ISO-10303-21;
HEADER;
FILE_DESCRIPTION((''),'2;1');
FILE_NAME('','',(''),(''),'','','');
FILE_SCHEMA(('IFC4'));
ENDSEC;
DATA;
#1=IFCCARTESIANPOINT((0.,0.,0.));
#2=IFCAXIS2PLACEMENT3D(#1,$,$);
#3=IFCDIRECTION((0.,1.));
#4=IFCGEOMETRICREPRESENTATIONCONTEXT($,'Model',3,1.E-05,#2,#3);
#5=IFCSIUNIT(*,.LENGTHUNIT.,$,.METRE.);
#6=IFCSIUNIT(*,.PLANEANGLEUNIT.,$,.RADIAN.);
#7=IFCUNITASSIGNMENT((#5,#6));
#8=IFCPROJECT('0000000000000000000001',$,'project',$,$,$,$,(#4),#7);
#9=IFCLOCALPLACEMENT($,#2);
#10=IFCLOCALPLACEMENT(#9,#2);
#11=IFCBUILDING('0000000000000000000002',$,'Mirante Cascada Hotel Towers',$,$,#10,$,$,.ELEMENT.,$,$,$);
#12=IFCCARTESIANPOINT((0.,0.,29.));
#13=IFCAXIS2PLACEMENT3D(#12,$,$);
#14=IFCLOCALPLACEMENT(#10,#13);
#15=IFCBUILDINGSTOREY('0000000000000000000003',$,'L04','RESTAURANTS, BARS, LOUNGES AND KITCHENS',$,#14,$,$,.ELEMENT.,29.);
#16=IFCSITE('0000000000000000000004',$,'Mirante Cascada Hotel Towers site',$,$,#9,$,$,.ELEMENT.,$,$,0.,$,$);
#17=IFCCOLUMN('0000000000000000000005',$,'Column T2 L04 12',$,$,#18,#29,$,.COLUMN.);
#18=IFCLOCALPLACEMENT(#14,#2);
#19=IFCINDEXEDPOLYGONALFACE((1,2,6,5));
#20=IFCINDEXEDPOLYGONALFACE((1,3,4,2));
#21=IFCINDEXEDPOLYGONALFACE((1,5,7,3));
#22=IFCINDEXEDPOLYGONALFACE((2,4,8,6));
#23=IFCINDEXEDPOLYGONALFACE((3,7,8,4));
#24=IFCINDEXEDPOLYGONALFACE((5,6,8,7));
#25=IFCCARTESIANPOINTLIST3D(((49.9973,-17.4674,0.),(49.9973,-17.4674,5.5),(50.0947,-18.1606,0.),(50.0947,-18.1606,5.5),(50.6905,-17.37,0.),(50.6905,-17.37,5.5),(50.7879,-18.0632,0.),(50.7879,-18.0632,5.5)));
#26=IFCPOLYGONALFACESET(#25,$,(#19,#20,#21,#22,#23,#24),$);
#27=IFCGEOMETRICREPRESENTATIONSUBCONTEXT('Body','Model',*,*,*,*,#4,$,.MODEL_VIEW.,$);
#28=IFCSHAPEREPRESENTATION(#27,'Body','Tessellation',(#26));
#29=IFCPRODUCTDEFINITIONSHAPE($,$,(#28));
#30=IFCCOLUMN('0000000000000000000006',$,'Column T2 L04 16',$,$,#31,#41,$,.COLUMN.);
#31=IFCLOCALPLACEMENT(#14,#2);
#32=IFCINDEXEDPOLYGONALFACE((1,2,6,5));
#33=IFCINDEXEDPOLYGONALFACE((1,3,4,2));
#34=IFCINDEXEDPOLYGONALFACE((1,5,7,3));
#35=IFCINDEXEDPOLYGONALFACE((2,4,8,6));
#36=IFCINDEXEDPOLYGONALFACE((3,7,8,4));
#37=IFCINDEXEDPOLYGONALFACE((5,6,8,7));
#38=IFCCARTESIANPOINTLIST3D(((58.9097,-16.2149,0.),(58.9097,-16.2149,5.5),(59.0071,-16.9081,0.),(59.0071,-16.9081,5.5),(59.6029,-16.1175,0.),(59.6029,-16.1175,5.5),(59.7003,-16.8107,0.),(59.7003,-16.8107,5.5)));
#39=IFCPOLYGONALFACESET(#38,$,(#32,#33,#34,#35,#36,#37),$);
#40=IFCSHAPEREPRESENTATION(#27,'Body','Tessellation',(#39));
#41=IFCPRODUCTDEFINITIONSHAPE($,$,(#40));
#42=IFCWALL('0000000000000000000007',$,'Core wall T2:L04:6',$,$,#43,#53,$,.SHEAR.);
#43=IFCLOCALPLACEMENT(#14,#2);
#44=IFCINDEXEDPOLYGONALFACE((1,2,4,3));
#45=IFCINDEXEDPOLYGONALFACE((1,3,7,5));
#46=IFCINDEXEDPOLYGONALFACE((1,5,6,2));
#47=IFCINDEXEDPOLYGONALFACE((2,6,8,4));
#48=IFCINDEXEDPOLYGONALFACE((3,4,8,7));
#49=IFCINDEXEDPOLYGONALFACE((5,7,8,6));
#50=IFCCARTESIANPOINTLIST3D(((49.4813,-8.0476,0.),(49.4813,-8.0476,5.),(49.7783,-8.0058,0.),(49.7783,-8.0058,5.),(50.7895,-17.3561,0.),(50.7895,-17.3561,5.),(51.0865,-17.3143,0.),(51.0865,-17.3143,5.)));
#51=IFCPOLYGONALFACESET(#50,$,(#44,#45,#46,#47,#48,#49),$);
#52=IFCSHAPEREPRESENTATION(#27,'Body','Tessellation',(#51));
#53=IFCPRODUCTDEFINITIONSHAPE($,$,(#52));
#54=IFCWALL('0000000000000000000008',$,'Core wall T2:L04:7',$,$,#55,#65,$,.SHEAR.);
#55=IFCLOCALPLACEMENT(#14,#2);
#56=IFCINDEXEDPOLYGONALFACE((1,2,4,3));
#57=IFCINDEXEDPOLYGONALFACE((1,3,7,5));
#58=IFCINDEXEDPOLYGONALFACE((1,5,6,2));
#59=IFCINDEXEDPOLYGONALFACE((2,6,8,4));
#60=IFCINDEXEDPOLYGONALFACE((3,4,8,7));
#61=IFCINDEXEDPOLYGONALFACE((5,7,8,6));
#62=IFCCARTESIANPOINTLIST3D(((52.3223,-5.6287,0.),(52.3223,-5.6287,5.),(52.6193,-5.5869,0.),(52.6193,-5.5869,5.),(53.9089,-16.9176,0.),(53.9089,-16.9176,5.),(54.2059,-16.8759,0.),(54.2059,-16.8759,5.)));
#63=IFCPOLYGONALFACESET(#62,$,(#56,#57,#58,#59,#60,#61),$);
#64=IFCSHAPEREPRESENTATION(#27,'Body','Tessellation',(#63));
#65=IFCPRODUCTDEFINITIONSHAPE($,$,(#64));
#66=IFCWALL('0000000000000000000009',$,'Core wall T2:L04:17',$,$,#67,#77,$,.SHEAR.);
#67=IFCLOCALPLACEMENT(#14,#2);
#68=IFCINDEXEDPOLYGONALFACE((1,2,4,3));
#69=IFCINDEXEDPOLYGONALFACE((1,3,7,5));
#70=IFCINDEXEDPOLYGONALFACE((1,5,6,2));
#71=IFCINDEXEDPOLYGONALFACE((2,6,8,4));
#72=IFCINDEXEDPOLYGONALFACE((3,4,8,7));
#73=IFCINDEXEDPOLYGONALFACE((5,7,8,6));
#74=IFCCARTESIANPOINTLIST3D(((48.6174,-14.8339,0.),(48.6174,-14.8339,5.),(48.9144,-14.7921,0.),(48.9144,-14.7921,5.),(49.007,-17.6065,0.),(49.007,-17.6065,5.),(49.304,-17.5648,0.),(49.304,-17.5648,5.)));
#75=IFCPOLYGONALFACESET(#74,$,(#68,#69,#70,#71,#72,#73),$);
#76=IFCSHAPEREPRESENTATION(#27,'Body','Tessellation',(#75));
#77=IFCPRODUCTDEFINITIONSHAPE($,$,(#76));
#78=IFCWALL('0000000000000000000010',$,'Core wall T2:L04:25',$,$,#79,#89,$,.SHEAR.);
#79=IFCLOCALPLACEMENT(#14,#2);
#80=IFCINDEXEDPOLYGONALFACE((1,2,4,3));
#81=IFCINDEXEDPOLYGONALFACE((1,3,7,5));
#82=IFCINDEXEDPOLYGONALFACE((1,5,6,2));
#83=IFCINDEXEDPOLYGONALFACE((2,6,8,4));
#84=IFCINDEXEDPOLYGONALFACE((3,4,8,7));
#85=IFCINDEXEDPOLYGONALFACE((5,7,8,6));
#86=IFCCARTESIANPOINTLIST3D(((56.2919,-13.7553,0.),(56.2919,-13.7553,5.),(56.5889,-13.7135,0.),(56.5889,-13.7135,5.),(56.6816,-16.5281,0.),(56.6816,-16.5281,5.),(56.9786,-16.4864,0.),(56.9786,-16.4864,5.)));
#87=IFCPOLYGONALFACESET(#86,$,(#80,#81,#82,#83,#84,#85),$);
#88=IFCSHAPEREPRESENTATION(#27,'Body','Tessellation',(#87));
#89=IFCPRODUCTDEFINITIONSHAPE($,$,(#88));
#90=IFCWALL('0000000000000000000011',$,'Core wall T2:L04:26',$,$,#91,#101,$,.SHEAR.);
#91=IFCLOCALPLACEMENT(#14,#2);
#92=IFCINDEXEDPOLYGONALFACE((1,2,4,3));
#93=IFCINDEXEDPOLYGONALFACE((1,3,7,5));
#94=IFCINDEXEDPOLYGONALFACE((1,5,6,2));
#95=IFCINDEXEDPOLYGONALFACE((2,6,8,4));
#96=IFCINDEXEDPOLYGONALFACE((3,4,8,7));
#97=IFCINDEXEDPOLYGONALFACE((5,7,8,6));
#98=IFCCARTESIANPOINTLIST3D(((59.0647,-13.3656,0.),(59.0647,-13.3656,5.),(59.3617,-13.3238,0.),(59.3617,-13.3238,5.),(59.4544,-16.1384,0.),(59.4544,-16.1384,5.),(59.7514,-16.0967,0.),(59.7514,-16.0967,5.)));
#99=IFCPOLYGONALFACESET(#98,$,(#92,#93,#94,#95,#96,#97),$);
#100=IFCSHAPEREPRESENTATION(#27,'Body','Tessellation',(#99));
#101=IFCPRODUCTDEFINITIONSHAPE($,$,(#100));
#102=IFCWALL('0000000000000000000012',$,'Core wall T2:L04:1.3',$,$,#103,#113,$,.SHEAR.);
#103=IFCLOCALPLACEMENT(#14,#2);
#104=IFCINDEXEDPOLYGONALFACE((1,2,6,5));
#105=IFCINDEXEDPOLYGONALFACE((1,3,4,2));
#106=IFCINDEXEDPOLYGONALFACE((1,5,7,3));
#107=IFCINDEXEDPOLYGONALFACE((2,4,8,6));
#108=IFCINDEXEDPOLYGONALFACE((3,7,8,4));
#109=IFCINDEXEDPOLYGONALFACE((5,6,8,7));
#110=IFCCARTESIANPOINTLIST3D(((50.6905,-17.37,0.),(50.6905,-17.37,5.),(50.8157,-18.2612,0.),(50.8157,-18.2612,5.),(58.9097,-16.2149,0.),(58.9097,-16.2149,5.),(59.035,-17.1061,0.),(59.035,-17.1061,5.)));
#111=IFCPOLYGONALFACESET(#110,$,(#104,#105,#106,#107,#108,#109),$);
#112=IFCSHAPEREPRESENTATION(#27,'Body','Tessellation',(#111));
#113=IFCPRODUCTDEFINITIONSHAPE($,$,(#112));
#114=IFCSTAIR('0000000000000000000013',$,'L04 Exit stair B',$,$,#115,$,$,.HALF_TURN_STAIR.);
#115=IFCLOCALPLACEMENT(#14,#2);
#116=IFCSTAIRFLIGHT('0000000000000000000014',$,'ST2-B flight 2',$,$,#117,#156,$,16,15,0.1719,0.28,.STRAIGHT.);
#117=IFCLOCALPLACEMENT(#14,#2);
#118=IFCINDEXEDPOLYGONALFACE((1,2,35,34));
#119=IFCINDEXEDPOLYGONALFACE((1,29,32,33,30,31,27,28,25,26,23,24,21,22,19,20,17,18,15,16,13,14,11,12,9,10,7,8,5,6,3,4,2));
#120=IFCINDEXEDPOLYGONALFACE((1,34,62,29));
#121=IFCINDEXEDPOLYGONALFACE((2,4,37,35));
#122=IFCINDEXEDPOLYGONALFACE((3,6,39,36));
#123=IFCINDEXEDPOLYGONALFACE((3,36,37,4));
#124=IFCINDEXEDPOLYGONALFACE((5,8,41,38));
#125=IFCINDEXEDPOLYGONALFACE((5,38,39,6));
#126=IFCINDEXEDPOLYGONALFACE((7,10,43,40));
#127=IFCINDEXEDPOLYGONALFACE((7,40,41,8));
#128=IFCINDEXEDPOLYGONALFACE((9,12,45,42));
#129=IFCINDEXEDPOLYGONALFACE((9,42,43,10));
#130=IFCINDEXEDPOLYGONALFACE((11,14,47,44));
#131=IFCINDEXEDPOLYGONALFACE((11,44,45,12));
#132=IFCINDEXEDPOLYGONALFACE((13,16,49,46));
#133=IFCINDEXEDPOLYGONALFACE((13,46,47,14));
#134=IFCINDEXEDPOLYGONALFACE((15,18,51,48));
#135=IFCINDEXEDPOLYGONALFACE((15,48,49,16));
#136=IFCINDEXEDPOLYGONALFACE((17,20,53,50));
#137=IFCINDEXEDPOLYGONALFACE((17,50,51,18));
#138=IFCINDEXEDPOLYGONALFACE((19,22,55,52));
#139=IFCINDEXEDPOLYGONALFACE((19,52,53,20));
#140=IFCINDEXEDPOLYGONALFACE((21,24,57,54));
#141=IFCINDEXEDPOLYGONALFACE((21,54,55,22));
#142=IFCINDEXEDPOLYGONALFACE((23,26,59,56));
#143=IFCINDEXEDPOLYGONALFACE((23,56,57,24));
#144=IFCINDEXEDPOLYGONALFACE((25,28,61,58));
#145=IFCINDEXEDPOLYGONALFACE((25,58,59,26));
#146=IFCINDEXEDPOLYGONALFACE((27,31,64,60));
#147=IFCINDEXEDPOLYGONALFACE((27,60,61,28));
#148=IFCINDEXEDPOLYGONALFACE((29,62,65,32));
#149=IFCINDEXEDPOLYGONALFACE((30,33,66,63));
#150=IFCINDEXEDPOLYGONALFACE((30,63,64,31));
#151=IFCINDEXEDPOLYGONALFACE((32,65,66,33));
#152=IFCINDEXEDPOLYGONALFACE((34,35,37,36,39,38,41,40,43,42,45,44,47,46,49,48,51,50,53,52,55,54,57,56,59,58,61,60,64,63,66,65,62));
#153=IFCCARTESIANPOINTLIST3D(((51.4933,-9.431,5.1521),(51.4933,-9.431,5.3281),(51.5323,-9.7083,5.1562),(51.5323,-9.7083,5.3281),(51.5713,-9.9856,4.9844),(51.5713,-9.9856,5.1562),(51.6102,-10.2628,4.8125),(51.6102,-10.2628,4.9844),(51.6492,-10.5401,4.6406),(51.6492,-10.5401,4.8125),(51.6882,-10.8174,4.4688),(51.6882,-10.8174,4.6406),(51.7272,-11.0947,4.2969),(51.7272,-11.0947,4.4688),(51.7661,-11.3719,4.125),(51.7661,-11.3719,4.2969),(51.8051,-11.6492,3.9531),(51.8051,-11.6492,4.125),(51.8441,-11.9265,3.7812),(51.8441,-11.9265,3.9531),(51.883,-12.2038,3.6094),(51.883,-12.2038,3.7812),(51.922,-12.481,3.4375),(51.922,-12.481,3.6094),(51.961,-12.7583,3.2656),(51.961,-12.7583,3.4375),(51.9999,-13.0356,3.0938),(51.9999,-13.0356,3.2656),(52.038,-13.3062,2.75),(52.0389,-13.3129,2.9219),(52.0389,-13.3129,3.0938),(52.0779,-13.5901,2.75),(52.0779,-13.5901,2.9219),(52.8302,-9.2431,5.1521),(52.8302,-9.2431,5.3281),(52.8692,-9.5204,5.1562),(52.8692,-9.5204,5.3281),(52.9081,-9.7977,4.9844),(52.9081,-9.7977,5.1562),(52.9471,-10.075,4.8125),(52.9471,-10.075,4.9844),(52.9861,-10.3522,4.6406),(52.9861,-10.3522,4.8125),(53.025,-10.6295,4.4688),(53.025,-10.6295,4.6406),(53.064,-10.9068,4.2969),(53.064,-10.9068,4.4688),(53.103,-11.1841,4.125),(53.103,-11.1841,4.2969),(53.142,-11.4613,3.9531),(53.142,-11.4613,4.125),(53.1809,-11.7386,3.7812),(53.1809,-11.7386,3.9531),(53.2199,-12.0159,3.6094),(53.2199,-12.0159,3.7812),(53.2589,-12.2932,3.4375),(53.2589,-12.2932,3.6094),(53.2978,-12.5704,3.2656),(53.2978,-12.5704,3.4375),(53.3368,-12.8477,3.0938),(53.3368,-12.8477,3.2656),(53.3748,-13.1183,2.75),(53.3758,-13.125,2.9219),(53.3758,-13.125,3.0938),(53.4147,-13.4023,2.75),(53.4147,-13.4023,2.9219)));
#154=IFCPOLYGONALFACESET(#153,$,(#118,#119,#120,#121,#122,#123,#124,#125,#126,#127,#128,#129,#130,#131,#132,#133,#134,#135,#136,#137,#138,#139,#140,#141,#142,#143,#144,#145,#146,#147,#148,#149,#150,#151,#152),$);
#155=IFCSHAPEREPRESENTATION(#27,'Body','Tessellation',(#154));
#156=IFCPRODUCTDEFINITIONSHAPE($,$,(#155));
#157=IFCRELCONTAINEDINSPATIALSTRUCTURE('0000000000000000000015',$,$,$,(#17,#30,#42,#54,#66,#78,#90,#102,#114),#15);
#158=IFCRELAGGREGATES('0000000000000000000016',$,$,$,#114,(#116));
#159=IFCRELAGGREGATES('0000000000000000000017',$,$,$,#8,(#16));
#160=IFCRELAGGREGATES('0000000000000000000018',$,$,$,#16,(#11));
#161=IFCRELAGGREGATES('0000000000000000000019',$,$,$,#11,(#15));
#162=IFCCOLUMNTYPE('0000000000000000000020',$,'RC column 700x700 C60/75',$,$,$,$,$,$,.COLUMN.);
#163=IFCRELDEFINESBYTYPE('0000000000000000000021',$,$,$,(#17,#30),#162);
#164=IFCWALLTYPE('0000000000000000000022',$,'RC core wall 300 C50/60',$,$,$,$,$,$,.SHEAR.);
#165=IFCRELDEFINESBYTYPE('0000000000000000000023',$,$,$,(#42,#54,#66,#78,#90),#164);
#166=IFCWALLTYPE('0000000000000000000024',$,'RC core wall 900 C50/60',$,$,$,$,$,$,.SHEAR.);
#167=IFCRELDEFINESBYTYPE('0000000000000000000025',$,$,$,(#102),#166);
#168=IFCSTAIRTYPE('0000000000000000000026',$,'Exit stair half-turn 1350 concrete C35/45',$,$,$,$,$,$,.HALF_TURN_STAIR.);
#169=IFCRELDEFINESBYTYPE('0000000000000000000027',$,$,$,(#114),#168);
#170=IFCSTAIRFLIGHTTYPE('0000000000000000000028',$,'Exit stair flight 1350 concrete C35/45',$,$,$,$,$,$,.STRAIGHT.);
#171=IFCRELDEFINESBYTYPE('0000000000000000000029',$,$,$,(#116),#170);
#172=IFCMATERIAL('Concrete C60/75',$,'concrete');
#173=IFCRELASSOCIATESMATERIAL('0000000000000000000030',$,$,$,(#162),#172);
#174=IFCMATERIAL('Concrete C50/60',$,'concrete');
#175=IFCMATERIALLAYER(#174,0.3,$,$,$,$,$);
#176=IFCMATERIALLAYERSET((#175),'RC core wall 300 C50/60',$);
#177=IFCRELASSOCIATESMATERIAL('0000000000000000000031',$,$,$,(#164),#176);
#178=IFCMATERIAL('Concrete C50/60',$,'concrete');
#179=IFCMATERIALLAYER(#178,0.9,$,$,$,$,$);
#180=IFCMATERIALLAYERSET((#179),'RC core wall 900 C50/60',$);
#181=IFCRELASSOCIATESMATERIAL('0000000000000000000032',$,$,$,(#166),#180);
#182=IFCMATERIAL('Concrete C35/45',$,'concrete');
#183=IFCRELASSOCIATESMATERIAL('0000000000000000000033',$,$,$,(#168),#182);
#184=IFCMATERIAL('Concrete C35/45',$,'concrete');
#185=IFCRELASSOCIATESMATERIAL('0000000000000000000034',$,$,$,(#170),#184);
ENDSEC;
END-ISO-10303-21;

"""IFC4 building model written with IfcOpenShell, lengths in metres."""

from ifc_helpers import new_model, si_unit, direction, frame, frame_2d, origin, origin_2d, place, context, subcontext, project, spatial, polyline, rectangle, outline, extrude, material, layer, layer_set, material_profile, profile_set, type_object, element, aggregate, save


model = new_model("IFC4")

# Units and contexts
model_context = context("Model", 3, precision=1e-05, world=origin(), true_north=direction((0.0, 1.0)))
body_context = subcontext(model_context, "Body", "Model", "MODEL_VIEW")
ifc_project = project(units=[si_unit("LENGTHUNIT", "METRE"), si_unit("PLANEANGLEUNIT", "RADIAN")], contexts=[model_context])

# Site, building, storey
site_placement = place(None, origin())
site = spatial("IfcSite", under=ifc_project, at=site_placement, Name="Mirante Cascada Hotel Towers site", CompositionType="ELEMENT", RefElevation=0.0)
building_placement = place(site_placement, origin())
building = spatial("IfcBuilding", under=site, at=building_placement, Name="Mirante Cascada Hotel Towers", CompositionType="ELEMENT")
storey_placement = place(building_placement, frame((0.0, 0.0, 29.0)))
storey = spatial("IfcBuildingStorey", under=building, at=storey_placement, Name="L04", Description="RESTAURANTS, BARS, LOUNGES AND KITCHENS", CompositionType="ELEMENT", Elevation=29.0)

# Columns
ifc_material_1 = material(Name="Concrete C60/75", Category="concrete")
ifc_material_profile = material_profile(ifc_material_1, rectangle(XDim=0.7, YDim=0.7, at=origin_2d()), Name="RC column 700x700 C60/75")
ifc_profile_set = profile_set([ifc_material_profile], Name="Concrete C60/75")
column_type = type_object("IfcColumnType", Name="RC column 700x700 C60/75", PredefinedType="COLUMN", material=ifc_profile_set)
for number, where, z_axis, x_axis, name in (
    (1, (50.3926, -17.7653, 0.0), (0.0, 0.0, 1.0), (0.990268, 0.139173, 0.0), "Column T2 L04 12"),
    (2, (59.305, -16.5128, 0.0), (0.0, 0.0, 1.0), (0.990268, 0.139173, 0.0), "Column T2 L04 16"),
):
    element("IfcColumn", number, at=place(storey_placement, frame(where, z_axis=z_axis, x_axis=x_axis)), inside=storey, type_object=column_type, Name=name, PredefinedType="COLUMN", context=body_context, shape_type="SweptSolid", body=[
        extrude(rectangle(XDim=0.7, YDim=0.7, at=origin_2d()), origin(), (0.0, 0.0, 1.0), 5.5),
    ])

# Walls
ifc_material_2 = material(Name="Concrete C50/60", Category="concrete")
ifc_layer_1 = layer(ifc_material_2, 0.3)
ifc_layer_set_1 = layer_set([ifc_layer_1], Name="RC core wall 300 C50/60")
wall_type_1 = type_object("IfcWallType", Name="RC core wall 300 C50/60", PredefinedType="SHEAR", material=ifc_layer_set_1)
wall_1_placement = place(storey_placement, frame((50.938, -17.3352, 0.0), z_axis=(0.0, 0.0, 1.0), x_axis=(-0.139171, 0.990268, 0.0)))
element("IfcWall", 3, at=wall_1_placement, inside=storey, type_object=wall_type_1, Name="Core wall T2:L04:6", PredefinedType="SHEAR", context=body_context, shape_type="SweptSolid", body=[
    extrude(rectangle(XDim=9.4, YDim=0.3, at=frame_2d((4.7, 0.0))), origin(), (0.0, 0.0, 1.0), 5.0),
])
wall_2_placement = place(storey_placement, frame((54.0574, -16.8968, 0.0), z_axis=(0.0, 0.0, 1.0), x_axis=(-0.139176, 0.990268, 0.0)))
element("IfcWall", 4, at=wall_2_placement, inside=storey, type_object=wall_type_1, Name="Core wall T2:L04:7", PredefinedType="SHEAR", context=body_context, shape_type="SweptSolid", body=[
    extrude(rectangle(XDim=11.3999, YDim=0.3, at=frame_2d((5.7, 0.0))), origin(), (0.0, 0.0, 1.0), 5.0),
])
wall_3_placement = place(storey_placement, frame((49.1555, -17.5857, 0.0), z_axis=(0.0, 0.0, 1.0), x_axis=(-0.139146, 0.990272, 0.0)))
element("IfcWall", 5, at=wall_3_placement, inside=storey, type_object=wall_type_1, Name="Core wall T2:L04:17", PredefinedType="SHEAR", context=body_context, shape_type="SweptSolid", body=[
    extrude(rectangle(XDim=2.7999, YDim=0.3, at=frame_2d((1.4, 0.0))), origin(), (0.0, 0.0, 1.0), 5.0),
])

# Walls
for number, where, z_axis, x_axis, name in (
    (6, (56.8301, -16.5072, 0.0), (0.0, 0.0, 1.0), (-0.139176, 0.990268, 0.0), "Core wall T2:L04:25"),
    (7, (59.6029, -16.1175, 0.0), (0.0, 0.0, 1.0), (-0.139176, 0.990268, 0.0), "Core wall T2:L04:26"),
):
    element("IfcWall", number, at=place(storey_placement, frame(where, z_axis=z_axis, x_axis=x_axis)), inside=storey, type_object=wall_type_1, Name=name, PredefinedType="SHEAR", context=body_context, shape_type="SweptSolid", body=[
        extrude(rectangle(XDim=2.8001, YDim=0.3, at=frame_2d((1.4, 0.0))), origin(), (0.0, 0.0, 1.0), 5.0),
    ])
ifc_material_3 = material(Name="Concrete C50/60", Category="concrete")
ifc_layer_2 = layer(ifc_material_3, 0.9)
ifc_layer_set_2 = layer_set([ifc_layer_2], Name="RC core wall 900 C50/60")
wall_type_2 = type_object("IfcWallType", Name="RC core wall 900 C50/60", PredefinedType="SHEAR", material=ifc_layer_set_2)
wall_4_placement = place(storey_placement, frame((50.7531, -17.8156, 0.0), z_axis=(0.0, 0.0, 1.0), x_axis=(0.990269, 0.139169, 0.0)))
element("IfcWall", 8, at=wall_4_placement, inside=storey, type_object=wall_type_2, Name="Core wall T2:L04:1.3", PredefinedType="SHEAR", context=body_context, shape_type="SweptSolid", body=[
    extrude(rectangle(XDim=8.3, YDim=0.9, at=frame_2d((4.15, 0.0))), origin(), (0.0, 0.0, 1.0), 5.0),
])

# Stair, stair flight
ifc_material_4 = material(Name="Concrete C35/45", Category="concrete")
stair_type = type_object("IfcStairType", Name="Exit stair half-turn 1350 concrete C35/45", PredefinedType="HALF_TURN_STAIR", material=ifc_material_4)
stair_placement = place(storey_placement, origin())
stair = element("IfcStair", 9, at=stair_placement, inside=storey, type_object=stair_type, Name="L04 Exit stair B", PredefinedType="HALF_TURN_STAIR")
ifc_material_5 = material(Name="Concrete C35/45", Category="concrete")
stair_flight_type = type_object("IfcStairFlightType", Name="Exit stair flight 1350 concrete C35/45", PredefinedType="STRAIGHT", material=ifc_material_5)
stair_flight_placement = place(storey_placement, frame((52.7463, -13.4962, 2.75), z_axis=(0.0, 0.0, 1.0), x_axis=(-0.139173, 0.990268, 0.0)))
stair_flight = element("IfcStairFlight", 10, at=stair_flight_placement, type_object=stair_flight_type, Name="ST2-B flight 2", NumberOfRisers=16, NumberOfTreads=15, PredefinedType="STRAIGHT", RiserHeight=0.1719, TreadLength=0.28, context=body_context, shape_type="SweptSolid", body=[
    extrude(outline(polyline([(0.0, 0.0), (0.0, 0.1719), (0.28, 0.1719), (0.28, 0.3438), (0.56, 0.3438), (0.56, 0.5156), (0.84, 0.5156), (0.84, 0.6875), (1.12, 0.6875), (1.12, 0.8594), (1.4, 0.8594), (1.4, 1.0312), (1.68, 1.0312), (1.68, 1.2031), (1.96, 1.2031), (1.96, 1.375), (2.24, 1.375), (2.24, 1.5469), (2.52, 1.5469), (2.52, 1.7188), (2.8, 1.7188), (2.8, 1.8906), (3.08, 1.8906), (3.08, 2.0625), (3.36, 2.0625), (3.36, 2.2344), (3.64, 2.2344), (3.64, 2.4062), (3.92, 2.4062), (3.92, 2.5781), (4.2, 2.5781), (4.2, 2.75), (4.2, 2.4021), (0.2867, 0.0), (0.0, 0.0)])), frame((0.0, 0.675, 0.0), z_axis=(0.0, -1.0, 0.0), x_axis=(1.0, 0.0, 0.0)), (0.0, 0.0, 1.0), 1.35),
])
aggregate(stair, [stair_flight])

save(model, "model.ifc")
